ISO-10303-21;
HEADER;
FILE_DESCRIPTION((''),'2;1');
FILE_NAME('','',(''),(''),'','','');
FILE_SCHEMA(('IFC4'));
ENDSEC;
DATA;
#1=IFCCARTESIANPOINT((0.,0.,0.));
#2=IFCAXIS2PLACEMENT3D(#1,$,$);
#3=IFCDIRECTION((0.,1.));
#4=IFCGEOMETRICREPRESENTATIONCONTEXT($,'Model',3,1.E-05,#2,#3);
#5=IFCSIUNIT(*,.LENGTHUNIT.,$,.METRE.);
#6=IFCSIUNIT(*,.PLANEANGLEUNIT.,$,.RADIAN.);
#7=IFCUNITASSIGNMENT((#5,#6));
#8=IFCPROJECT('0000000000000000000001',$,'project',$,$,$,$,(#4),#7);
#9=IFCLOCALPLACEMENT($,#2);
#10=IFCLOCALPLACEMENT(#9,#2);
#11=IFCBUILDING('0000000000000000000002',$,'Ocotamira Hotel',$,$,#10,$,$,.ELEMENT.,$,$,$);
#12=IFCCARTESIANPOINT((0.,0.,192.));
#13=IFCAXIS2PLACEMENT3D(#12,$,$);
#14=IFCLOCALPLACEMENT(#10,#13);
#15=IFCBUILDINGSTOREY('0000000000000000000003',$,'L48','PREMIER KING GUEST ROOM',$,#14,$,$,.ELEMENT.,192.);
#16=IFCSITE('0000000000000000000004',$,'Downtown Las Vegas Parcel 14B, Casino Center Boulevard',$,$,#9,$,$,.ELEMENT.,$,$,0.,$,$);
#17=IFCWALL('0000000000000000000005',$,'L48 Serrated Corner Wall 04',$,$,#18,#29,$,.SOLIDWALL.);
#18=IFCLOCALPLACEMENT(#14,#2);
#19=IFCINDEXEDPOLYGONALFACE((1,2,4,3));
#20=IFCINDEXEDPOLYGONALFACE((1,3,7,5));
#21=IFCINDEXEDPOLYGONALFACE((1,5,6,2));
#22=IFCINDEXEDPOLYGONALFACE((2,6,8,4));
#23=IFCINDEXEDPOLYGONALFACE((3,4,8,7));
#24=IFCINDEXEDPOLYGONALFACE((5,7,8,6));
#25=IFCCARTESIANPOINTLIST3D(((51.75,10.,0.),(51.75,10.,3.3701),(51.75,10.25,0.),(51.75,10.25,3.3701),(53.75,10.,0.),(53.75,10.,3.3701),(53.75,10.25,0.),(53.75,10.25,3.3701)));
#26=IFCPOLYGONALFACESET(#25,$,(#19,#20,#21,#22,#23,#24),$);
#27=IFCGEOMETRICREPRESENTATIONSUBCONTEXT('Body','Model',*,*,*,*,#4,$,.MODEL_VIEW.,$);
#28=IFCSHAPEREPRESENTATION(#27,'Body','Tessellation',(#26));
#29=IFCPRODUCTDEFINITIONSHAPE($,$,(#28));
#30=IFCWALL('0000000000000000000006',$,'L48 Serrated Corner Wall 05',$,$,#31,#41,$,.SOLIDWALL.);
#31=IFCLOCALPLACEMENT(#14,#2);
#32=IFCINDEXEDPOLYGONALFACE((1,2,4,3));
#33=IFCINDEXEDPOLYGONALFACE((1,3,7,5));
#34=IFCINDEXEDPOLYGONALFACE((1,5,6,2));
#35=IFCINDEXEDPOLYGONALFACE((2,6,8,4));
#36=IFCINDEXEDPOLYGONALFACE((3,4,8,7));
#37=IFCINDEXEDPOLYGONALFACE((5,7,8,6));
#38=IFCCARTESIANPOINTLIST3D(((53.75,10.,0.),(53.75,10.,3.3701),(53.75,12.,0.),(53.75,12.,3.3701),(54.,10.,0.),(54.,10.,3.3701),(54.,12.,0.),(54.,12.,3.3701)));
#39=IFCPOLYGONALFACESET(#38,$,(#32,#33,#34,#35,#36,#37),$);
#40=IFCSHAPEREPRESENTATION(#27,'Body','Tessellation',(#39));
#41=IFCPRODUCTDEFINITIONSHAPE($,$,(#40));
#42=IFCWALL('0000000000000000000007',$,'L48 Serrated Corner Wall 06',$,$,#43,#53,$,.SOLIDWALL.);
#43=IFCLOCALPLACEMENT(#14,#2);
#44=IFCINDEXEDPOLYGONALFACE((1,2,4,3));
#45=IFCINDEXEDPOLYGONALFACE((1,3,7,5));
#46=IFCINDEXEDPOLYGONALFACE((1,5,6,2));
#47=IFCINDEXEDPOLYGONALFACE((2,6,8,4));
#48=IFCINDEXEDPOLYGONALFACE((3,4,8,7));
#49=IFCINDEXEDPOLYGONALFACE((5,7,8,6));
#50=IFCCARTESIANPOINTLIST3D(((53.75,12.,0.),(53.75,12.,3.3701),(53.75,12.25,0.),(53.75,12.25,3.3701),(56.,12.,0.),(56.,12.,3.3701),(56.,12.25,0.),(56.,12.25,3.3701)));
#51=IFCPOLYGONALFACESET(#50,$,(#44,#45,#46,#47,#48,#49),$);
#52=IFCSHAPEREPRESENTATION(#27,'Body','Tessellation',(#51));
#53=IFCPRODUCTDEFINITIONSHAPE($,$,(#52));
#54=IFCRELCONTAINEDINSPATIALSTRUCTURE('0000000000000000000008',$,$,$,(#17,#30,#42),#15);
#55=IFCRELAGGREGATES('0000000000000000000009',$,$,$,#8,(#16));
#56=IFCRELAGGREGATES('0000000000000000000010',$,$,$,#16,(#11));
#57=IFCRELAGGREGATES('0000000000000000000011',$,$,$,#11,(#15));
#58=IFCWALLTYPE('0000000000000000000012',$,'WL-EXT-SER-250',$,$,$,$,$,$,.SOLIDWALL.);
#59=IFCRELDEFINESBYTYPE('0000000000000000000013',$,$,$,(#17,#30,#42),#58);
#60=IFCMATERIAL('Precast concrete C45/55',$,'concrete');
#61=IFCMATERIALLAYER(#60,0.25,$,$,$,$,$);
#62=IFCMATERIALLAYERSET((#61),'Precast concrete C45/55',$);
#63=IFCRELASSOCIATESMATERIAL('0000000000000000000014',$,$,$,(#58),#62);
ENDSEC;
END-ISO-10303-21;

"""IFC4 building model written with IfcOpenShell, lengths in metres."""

from ifc_helpers import new_model, si_unit, direction, frame, frame_2d, origin, place, context, subcontext, project, spatial, rectangle, extrude, material, layer, layer_set, type_object, element, save


model = new_model("IFC4")

# Units and contexts
model_context = context("Model", 3, precision=1e-05, world=origin(), true_north=direction((0.0, 1.0)))
body_context = subcontext(model_context, "Body", "Model", "MODEL_VIEW")
ifc_project = project(units=[si_unit("LENGTHUNIT", "METRE"), si_unit("PLANEANGLEUNIT", "RADIAN")], contexts=[model_context])

# Site, building, storey
site_placement = place(None, origin())
site = spatial("IfcSite", under=ifc_project, at=site_placement, Name="Downtown Las Vegas Parcel 14B, Casino Center Boulevard", CompositionType="ELEMENT", RefElevation=0.0)
building_placement = place(site_placement, origin())
building = spatial("IfcBuilding", under=site, at=building_placement, Name="Ocotamira Hotel", CompositionType="ELEMENT")
storey_placement = place(building_placement, frame((0.0, 0.0, 192.0)))
storey = spatial("IfcBuildingStorey", under=building, at=storey_placement, Name="L48", Description="PREMIER KING GUEST ROOM", CompositionType="ELEMENT", Elevation=192.0)

# Shared definitions
ifc_material_1 = material(Name="Precast concrete C45/55", Category="concrete")
ifc_layer_1 = layer(ifc_material_1, 0.25)
ifc_layer_set_1 = layer_set([ifc_layer_1], Name="Precast concrete C45/55")
wall_type = type_object("IfcWallType", Name="WL-EXT-SER-250", PredefinedType="SOLIDWALL", material=ifc_layer_set_1)

# Walls
for number, where, z_axis, x_axis, name in (
    (1, (51.75, 10.125, 0.0), (0.0, 0.0, 1.0), (1.0, 0.0, 0.0), "L48 Serrated Corner Wall 04"),
    (2, (53.875, 10.0, 0.0), (0.0, 0.0, 1.0), (0.0, 1.0, 0.0), "L48 Serrated Corner Wall 05"),
):
    element("IfcWall", number, at=place(storey_placement, frame(where, z_axis=z_axis, x_axis=x_axis)), inside=storey, type_object=wall_type, Name=name, PredefinedType="SOLIDWALL", context=body_context, shape_type="SweptSolid", body=[
        extrude(rectangle(XDim=2.0, YDim=0.25, at=frame_2d((1.0, 0.0))), origin(), (0.0, 0.0, 1.0), 3.3701),
    ])
wall_1_placement = place(storey_placement, frame((53.75, 12.125, 0.0), z_axis=(0.0, 0.0, 1.0), x_axis=(1.0, 0.0, 0.0)))
element("IfcWall", 3, at=wall_1_placement, inside=storey, type_object=wall_type, Name="L48 Serrated Corner Wall 06", PredefinedType="SOLIDWALL", context=body_context, shape_type="SweptSolid", body=[
    extrude(rectangle(XDim=2.25, YDim=0.25, at=frame_2d((1.125, 0.0))), origin(), (0.0, 0.0, 1.0), 3.3701),
])

save(model, "model.ifc")
